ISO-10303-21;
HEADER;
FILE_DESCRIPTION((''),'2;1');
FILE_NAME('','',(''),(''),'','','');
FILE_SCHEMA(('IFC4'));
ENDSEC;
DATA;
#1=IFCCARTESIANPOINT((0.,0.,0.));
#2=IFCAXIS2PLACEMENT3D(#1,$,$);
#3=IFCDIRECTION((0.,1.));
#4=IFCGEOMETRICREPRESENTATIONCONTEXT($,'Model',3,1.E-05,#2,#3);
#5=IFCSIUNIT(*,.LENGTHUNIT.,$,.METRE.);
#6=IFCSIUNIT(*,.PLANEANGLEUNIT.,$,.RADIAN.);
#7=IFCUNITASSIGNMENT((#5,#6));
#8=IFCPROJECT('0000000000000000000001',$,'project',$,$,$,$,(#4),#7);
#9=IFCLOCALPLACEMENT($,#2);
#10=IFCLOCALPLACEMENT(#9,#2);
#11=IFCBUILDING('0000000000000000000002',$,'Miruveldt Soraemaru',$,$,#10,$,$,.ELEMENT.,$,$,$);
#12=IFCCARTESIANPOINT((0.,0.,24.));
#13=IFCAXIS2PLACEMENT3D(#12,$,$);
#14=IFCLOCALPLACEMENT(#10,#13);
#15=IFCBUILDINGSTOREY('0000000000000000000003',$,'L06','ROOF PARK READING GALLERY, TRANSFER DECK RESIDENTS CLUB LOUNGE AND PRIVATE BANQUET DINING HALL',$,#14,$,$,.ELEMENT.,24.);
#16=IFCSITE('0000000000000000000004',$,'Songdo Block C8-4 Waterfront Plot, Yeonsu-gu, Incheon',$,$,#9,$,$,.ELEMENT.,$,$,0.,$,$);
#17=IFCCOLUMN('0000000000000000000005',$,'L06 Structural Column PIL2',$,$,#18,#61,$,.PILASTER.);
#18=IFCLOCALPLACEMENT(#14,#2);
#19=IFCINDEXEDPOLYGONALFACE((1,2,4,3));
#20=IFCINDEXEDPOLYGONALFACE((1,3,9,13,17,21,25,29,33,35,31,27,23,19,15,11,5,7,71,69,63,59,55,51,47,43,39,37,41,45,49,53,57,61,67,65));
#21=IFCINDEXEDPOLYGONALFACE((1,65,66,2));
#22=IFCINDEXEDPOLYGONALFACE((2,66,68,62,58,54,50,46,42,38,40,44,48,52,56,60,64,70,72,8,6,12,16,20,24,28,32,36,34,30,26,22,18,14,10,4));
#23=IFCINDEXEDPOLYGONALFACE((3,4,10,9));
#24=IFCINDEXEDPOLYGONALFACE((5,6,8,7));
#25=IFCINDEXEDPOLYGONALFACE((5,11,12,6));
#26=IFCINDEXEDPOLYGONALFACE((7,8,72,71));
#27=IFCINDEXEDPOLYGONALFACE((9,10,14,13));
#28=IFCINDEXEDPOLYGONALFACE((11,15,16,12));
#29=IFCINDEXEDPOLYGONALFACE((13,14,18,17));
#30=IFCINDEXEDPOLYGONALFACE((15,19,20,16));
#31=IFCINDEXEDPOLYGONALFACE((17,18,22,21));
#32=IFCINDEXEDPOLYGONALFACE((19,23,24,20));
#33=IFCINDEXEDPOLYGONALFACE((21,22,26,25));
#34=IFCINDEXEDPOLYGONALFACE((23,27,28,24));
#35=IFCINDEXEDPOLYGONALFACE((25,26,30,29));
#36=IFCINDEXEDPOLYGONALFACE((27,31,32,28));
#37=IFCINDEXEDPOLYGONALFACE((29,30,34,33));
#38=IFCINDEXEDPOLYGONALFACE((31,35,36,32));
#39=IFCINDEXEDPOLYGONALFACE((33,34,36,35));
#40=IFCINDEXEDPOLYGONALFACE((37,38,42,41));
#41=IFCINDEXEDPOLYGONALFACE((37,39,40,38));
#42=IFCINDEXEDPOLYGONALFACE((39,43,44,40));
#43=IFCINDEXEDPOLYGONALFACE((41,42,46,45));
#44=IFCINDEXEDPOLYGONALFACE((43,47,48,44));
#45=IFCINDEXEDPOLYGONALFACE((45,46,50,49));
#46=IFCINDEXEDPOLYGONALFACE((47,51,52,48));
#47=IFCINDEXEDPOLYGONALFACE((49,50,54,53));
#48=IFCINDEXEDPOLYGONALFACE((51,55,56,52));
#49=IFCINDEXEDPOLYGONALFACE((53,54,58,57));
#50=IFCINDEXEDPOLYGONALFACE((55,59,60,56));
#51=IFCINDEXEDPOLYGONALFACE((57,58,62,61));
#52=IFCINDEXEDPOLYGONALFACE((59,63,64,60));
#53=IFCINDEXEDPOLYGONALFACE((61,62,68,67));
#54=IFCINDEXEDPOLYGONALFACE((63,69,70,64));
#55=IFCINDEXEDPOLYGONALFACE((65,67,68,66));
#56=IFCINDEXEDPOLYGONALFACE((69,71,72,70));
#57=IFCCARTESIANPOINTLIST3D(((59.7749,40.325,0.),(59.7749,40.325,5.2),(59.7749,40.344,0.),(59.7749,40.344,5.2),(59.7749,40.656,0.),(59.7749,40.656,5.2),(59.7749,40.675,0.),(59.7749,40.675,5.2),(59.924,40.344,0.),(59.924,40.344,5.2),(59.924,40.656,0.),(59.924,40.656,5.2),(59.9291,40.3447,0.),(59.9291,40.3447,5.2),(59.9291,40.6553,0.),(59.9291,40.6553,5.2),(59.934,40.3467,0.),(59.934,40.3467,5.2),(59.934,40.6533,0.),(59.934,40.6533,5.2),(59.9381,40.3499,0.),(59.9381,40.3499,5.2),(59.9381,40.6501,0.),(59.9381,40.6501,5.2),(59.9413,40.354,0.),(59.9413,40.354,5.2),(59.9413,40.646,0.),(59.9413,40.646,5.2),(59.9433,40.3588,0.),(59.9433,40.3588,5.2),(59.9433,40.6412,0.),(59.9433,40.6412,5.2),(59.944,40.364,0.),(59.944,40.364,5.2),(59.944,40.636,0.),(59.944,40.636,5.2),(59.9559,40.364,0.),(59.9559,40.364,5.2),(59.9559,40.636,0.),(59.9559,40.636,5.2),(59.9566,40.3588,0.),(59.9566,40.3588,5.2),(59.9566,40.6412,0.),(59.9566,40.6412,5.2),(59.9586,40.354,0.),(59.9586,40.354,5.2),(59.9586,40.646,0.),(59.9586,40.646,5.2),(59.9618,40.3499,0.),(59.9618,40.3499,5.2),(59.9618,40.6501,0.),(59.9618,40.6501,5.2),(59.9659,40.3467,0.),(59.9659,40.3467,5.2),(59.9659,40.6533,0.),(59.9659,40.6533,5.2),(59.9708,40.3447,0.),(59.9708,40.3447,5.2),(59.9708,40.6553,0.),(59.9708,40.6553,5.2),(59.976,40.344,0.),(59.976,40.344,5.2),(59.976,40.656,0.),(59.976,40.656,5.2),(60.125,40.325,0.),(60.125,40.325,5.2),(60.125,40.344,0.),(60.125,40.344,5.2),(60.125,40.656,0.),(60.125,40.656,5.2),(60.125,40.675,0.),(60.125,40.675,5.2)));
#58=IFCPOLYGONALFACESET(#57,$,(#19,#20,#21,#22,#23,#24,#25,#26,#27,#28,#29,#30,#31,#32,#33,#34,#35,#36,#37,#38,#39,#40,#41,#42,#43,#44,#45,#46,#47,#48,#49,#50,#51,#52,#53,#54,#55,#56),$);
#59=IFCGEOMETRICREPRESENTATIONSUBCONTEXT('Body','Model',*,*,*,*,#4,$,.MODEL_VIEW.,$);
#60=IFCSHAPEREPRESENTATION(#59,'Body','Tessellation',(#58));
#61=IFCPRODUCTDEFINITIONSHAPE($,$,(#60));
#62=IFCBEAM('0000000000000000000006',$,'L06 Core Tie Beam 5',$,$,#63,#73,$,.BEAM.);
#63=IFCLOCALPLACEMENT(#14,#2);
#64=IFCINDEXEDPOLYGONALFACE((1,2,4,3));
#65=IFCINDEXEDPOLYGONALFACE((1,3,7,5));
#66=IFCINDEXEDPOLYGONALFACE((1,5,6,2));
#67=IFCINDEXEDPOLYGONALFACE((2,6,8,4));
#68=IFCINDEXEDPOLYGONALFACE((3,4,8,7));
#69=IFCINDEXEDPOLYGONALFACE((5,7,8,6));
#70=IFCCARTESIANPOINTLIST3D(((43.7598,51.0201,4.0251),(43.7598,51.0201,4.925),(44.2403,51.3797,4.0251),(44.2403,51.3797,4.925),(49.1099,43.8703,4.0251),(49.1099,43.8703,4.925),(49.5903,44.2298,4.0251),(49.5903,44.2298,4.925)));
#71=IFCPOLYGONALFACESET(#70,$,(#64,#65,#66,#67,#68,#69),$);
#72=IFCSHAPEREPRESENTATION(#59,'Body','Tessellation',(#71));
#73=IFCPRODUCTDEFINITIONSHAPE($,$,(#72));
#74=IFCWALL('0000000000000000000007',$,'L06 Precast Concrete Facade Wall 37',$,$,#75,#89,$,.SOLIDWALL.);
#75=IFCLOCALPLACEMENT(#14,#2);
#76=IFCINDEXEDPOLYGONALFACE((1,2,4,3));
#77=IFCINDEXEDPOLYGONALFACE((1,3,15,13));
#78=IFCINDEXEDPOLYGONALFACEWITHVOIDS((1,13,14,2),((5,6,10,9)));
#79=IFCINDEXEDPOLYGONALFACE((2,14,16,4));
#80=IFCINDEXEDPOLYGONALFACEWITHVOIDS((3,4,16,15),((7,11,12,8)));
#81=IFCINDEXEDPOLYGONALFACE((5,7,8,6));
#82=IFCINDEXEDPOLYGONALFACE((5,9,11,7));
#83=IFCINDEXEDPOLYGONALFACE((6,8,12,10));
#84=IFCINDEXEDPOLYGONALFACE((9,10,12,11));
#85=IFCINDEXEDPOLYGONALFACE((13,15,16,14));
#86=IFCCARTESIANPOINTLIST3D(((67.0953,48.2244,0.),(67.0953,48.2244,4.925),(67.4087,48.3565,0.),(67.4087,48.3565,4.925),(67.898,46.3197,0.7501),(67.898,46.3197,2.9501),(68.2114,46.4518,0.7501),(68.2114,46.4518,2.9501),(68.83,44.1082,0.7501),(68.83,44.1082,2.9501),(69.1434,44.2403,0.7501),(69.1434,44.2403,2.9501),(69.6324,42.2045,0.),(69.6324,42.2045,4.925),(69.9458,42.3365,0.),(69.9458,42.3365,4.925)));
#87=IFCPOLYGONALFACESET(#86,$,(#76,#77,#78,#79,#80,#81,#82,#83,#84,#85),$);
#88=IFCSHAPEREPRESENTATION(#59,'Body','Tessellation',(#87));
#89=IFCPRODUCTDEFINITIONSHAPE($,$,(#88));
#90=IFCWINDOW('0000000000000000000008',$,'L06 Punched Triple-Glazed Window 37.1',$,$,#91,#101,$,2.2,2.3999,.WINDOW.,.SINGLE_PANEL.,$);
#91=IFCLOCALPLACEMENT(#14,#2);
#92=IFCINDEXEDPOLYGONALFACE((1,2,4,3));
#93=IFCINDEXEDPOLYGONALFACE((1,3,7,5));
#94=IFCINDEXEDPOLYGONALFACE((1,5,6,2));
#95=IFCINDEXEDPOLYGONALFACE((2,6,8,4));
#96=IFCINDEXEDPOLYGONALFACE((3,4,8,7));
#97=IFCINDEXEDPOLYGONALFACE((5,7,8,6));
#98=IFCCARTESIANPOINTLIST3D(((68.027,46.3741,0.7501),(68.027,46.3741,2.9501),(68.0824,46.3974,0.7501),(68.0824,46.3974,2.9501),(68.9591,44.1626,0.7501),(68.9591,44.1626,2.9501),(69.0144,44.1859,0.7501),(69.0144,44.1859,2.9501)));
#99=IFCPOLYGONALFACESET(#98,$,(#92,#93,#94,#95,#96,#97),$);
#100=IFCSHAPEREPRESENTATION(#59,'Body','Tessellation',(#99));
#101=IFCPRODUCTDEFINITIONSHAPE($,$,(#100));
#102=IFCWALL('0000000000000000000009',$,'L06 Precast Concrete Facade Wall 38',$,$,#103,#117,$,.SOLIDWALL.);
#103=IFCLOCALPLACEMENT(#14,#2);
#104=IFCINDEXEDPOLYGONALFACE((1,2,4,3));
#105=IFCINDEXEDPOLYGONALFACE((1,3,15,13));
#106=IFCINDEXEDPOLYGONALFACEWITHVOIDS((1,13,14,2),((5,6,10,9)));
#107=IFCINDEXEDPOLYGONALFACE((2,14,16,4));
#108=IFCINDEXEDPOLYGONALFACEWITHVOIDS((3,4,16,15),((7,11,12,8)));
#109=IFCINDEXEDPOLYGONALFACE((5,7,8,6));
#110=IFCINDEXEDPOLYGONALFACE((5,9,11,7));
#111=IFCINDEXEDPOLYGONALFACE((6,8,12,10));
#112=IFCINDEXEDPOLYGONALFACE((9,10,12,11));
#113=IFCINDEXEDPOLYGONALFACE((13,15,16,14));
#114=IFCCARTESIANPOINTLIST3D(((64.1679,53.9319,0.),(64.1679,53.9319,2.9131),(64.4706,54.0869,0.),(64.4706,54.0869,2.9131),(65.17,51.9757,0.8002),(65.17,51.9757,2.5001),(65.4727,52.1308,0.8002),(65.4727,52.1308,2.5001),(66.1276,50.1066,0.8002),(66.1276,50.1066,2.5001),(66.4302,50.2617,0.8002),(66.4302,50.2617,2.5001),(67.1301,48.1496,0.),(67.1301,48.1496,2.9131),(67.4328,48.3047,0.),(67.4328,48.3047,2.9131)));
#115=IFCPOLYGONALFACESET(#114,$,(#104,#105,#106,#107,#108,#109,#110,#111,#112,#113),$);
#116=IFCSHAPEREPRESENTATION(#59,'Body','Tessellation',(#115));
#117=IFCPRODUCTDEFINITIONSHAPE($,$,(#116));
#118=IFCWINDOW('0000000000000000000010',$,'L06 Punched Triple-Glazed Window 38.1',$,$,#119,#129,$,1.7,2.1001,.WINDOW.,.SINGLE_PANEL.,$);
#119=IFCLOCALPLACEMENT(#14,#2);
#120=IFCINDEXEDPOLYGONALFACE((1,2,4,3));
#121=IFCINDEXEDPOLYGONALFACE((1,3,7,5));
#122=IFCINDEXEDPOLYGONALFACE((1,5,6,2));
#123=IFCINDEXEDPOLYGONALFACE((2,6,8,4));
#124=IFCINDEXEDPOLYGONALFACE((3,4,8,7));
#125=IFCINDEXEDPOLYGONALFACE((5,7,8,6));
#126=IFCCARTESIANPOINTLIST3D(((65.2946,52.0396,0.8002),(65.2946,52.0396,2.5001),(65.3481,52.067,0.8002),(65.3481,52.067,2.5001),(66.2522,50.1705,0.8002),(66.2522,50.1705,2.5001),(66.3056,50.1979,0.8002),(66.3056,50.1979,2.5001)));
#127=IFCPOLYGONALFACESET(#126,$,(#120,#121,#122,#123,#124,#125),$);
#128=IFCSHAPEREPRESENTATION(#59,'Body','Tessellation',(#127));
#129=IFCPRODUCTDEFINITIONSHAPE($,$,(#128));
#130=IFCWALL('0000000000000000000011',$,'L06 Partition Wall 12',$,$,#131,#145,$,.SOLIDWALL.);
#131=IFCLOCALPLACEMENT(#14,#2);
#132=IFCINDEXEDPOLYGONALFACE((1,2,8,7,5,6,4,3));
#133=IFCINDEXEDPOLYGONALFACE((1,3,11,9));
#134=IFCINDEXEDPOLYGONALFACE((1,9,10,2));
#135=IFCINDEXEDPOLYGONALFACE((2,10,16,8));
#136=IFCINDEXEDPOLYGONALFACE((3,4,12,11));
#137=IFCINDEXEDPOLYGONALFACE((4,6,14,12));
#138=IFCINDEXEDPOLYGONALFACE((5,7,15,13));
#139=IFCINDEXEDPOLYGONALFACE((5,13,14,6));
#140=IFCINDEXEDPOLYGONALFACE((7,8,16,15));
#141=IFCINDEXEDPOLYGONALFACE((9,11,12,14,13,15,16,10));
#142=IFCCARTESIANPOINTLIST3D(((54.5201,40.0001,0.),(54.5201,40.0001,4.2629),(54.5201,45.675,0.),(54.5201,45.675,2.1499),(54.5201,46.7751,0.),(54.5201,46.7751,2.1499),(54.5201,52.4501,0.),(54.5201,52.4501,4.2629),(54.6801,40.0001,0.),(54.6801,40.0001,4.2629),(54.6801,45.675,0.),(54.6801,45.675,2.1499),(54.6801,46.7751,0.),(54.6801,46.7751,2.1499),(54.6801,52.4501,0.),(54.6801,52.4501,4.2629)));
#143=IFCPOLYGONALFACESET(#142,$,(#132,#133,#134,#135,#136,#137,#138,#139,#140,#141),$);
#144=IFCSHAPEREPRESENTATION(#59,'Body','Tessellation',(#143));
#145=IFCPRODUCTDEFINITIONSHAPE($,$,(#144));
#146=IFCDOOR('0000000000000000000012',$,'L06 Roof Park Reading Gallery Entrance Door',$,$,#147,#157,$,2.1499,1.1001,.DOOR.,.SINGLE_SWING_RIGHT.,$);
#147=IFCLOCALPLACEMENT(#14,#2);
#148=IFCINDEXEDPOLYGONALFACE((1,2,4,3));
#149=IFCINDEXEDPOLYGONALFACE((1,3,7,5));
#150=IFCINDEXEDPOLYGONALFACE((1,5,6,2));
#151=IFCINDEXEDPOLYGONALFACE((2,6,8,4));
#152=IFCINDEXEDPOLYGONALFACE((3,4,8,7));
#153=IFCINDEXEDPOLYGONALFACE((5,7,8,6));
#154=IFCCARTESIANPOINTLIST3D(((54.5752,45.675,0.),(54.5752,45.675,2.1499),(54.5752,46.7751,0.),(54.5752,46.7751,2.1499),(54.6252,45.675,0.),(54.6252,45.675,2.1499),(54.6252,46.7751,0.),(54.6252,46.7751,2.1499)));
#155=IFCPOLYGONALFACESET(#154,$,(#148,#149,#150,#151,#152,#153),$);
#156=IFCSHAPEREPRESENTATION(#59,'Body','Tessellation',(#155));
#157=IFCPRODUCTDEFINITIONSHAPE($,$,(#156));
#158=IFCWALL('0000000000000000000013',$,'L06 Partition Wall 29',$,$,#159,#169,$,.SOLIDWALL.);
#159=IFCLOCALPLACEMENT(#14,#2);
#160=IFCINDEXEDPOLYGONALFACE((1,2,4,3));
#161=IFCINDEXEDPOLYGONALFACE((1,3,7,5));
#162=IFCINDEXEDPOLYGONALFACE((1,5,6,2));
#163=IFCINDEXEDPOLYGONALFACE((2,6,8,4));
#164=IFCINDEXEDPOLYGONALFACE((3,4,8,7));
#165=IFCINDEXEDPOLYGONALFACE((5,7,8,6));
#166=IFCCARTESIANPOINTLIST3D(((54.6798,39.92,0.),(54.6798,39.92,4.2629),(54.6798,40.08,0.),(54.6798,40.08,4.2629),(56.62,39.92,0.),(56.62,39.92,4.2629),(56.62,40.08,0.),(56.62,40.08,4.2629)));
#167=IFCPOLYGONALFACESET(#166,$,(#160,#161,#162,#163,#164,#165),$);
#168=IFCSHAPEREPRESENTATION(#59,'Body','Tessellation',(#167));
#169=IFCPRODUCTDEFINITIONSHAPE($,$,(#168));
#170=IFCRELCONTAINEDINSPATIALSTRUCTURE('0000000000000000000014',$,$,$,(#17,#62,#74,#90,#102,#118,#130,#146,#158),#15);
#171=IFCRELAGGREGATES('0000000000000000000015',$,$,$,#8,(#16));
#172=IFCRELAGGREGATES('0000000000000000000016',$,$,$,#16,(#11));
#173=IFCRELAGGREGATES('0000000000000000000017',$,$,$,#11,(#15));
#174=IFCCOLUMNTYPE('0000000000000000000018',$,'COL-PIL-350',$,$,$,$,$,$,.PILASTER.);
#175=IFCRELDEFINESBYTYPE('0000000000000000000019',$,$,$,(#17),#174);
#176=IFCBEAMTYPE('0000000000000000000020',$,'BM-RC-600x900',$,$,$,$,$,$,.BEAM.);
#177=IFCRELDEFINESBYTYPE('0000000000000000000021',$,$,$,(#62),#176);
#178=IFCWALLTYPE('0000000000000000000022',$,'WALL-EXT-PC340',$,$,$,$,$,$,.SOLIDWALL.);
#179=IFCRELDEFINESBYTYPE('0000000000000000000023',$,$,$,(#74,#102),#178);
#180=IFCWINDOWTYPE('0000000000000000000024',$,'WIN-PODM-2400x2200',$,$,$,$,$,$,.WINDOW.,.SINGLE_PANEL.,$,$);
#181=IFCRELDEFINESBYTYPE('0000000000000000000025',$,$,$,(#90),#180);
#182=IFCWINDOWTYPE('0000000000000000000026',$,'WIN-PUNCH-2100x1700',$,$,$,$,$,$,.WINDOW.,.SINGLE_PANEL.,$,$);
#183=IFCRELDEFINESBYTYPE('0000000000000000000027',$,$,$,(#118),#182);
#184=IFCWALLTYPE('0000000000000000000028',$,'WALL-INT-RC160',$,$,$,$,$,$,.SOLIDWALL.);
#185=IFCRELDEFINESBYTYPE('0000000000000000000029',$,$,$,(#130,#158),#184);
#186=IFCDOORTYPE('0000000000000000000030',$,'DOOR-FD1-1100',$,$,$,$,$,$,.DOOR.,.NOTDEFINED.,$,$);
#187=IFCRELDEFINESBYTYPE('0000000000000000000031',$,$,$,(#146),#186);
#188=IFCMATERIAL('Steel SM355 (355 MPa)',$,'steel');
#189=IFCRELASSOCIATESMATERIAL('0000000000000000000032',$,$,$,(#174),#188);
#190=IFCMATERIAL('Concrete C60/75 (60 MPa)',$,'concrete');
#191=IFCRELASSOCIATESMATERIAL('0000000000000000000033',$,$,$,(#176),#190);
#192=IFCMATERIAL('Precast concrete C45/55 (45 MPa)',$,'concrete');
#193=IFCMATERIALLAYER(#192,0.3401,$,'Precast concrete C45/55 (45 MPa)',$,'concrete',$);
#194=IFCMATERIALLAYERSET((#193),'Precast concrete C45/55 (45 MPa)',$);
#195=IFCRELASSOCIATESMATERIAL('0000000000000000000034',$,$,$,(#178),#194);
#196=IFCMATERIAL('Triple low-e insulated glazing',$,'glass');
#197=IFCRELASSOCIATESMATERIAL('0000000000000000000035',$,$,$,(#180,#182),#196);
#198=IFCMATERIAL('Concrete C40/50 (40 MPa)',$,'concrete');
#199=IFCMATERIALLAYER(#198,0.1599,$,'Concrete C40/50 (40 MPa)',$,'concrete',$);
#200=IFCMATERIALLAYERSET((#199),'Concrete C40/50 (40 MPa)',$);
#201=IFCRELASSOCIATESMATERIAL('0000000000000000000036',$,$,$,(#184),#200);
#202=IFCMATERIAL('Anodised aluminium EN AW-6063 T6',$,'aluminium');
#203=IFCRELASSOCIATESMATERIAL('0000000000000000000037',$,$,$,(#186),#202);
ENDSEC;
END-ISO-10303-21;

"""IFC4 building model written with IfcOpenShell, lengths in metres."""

from ifc_helpers import new_model, si_unit, direction, frame, frame_2d, origin, origin_2d, place, context, subcontext, project, spatial, rectangle, i_section, extrude, material, layer, layer_set, material_profile, profile_set, type_object, element, fill, save


model = new_model("IFC4")

# Units and contexts
model_context = context("Model", 3, precision=1e-05, world=origin(), true_north=direction((0.0, 1.0)))
body_context = subcontext(model_context, "Body", "Model", "MODEL_VIEW")
ifc_project = project(units=[si_unit("LENGTHUNIT", "METRE"), si_unit("PLANEANGLEUNIT", "RADIAN")], contexts=[model_context])

# Site, building, storey
site_placement = place(None, origin())
site = spatial("IfcSite", under=ifc_project, at=site_placement, Name="Songdo Block C8-4 Waterfront Plot, Yeonsu-gu, Incheon", CompositionType="ELEMENT", RefElevation=0.0)
building_placement = place(site_placement, origin())
building = spatial("IfcBuilding", under=site, at=building_placement, Name="Miruveldt Soraemaru", CompositionType="ELEMENT")
storey_placement = place(building_placement, frame((0.0, 0.0, 24.0)))
storey = spatial("IfcBuildingStorey", under=building, at=storey_placement, Name="L06", Description="ROOF PARK READING GALLERY, TRANSFER DECK RESIDENTS CLUB LOUNGE AND PRIVATE BANQUET DINING HALL", CompositionType="ELEMENT", Elevation=24.0)

# Column
ifc_material_1 = material(Name="Steel SM355 (355 MPa)", Category="steel")
ifc_material_profile_1 = material_profile(ifc_material_1, i_section(OverallWidth=0.3501, OverallDepth=0.3501, WebThickness=0.012, FlangeThickness=0.019, FilletRadius=0.02, at=origin_2d()), Name="Steel SM355 (355 MPa)", Category="steel")
ifc_profile_set_1 = profile_set([ifc_material_profile_1], Name="Steel SM355 (355 MPa)")
column_type = type_object("IfcColumnType", Name="COL-PIL-350", PredefinedType="PILASTER", material=ifc_profile_set_1)
column_placement = place(storey_placement, frame((59.95, 40.5, 0.0), z_axis=(0.0, 0.0, 1.0), x_axis=(1.0, 0.0, 0.0)))
element("IfcColumn", 1, at=column_placement, inside=storey, type_object=column_type, Name="L06 Structural Column PIL2", PredefinedType="PILASTER", context=body_context, shape_type="SweptSolid", body=[
    extrude(i_section(OverallWidth=0.3501, OverallDepth=0.3501, WebThickness=0.012, FlangeThickness=0.019, FilletRadius=0.02, at=origin_2d()), origin(), (0.0, 0.0, 1.0), 5.2),
])

# Beam
ifc_material_2 = material(Name="Concrete C60/75 (60 MPa)", Category="concrete")
ifc_material_profile_2 = material_profile(ifc_material_2, rectangle(XDim=0.6001, YDim=0.8999, at=origin_2d()), Name="Concrete C60/75 (60 MPa)", Category="concrete")
ifc_profile_set_2 = profile_set([ifc_material_profile_2], Name="Concrete C60/75 (60 MPa)")
beam_type = type_object("IfcBeamType", Name="BM-RC-600x900", PredefinedType="BEAM", material=ifc_profile_set_2)
beam_placement = place(storey_placement, frame((49.3501, 44.05, 4.4751), z_axis=(-0.599116, 0.800662, 0.0), x_axis=(-0.800662, -0.599116, 0.0)))
element("IfcBeam", 2, at=beam_placement, inside=storey, type_object=beam_type, Name="L06 Core Tie Beam 5", PredefinedType="BEAM", context=body_context, shape_type="SweptSolid", body=[
    extrude(rectangle(XDim=0.6001, YDim=0.8999, at=origin_2d()), origin(), (0.0, 0.0, 1.0), 8.9299),
])

# Shared definitions
ifc_material_3 = material(Name="Anodised aluminium EN AW-6063 T6", Category="aluminium")

# Walls, openings, windows
ifc_material_4 = material(Name="Precast concrete C45/55 (45 MPa)", Category="concrete")
ifc_layer_1 = layer(ifc_material_4, 0.3401, Name="Precast concrete C45/55 (45 MPa)", Category="concrete")
ifc_layer_set_1 = layer_set([ifc_layer_1], Name="Precast concrete C45/55 (45 MPa)")
wall_type_1 = type_object("IfcWallType", Name="WALL-EXT-PC340", PredefinedType="SOLIDWALL", material=ifc_layer_set_1)
wall_1_placement = place(storey_placement, frame((69.7891, 42.2705, 0.0), z_axis=(0.0, 0.0, 1.0), x_axis=(-0.388364, 0.921506, 0.0)))
wall_1 = element("IfcWall", 3, at=wall_1_placement, inside=storey, type_object=wall_type_1, Name="L06 Precast Concrete Facade Wall 37", PredefinedType="SOLIDWALL", context=body_context, shape_type="SweptSolid", body=[
    extrude(rectangle(XDim=6.5327, YDim=0.3401, at=frame_2d((3.2664, 0.0))), origin(), (0.0, 0.0, 1.0), 4.925),
])
opening_1_placement = place(wall_1_placement, frame((2.0659, 0.0, 0.75)))
opening_1 = element("IfcOpeningElement", 4, at=opening_1_placement, cuts=wall_1, PredefinedType="OPENING", context=body_context, shape_type="SweptSolid", body=[
    extrude(rectangle(XDim=2.3999, YDim=2.2, at=frame_2d((1.2, 1.1001))), frame((0.0, 0.1802, 0.0), z_axis=(0.0, -1.0, 0.0), x_axis=(1.0, 0.0, 0.0)), (0.0, 0.0, 1.0), 0.3601),
])
ifc_material_5 = material(Name="Triple low-e insulated glazing", Category="glass")
window_type_1 = type_object("IfcWindowType", Name="WIN-PODM-2400x2200", PartitioningType="SINGLE_PANEL", PredefinedType="WINDOW", material=ifc_material_5)
window_1_placement = place(opening_1_placement, origin())
window_1 = element("IfcWindow", 5, at=window_1_placement, inside=storey, type_object=window_type_1, Name="L06 Punched Triple-Glazed Window 37.1", OverallHeight=2.2, OverallWidth=2.3999, PartitioningType="SINGLE_PANEL", PredefinedType="WINDOW", context=body_context, shape_type="SweptSolid", body=[
    extrude(rectangle(XDim=2.3999, YDim=2.2, at=frame_2d((1.2, 1.1001))), frame((0.0, 0.03, 0.0), z_axis=(0.0, -1.0, 0.0), x_axis=(1.0, 0.0, 0.0)), (0.0, 0.0, 1.0), 0.0601),
])
fill(opening_1, window_1)
wall_2_placement = place(storey_placement, frame((67.2815, 48.2271, 0.0), z_axis=(0.0, 0.0, 1.0), x_axis=(-0.45594, 0.89001, 0.0)))
wall_2 = element("IfcWall", 6, at=wall_2_placement, inside=storey, type_object=wall_type_1, Name="L06 Precast Concrete Facade Wall 38", PredefinedType="SOLIDWALL", context=body_context, shape_type="SweptSolid", body=[
    extrude(rectangle(XDim=6.4968, YDim=0.3401, at=frame_2d((3.2485, 0.0))), origin(), (0.0, 0.0, 1.0), 2.9131),
])
opening_2_placement = place(wall_2_placement, frame((2.199, 0.0, 0.8)))
opening_2 = element("IfcOpeningElement", 7, at=opening_2_placement, cuts=wall_2, PredefinedType="OPENING", context=body_context, shape_type="SweptSolid", body=[
    extrude(rectangle(XDim=2.1001, YDim=1.7, at=frame_2d((1.05, 0.8501))), frame((0.0, 0.1802, 0.0), z_axis=(0.0, -1.0, 0.0), x_axis=(1.0, 0.0, 0.0)), (0.0, 0.0, 1.0), 0.3601),
])
window_type_2 = type_object("IfcWindowType", Name="WIN-PUNCH-2100x1700", PartitioningType="SINGLE_PANEL", PredefinedType="WINDOW", material=ifc_material_5)
window_2_placement = place(opening_2_placement, origin())
window_2 = element("IfcWindow", 8, at=window_2_placement, inside=storey, type_object=window_type_2, Name="L06 Punched Triple-Glazed Window 38.1", OverallHeight=1.7, OverallWidth=2.1001, PartitioningType="SINGLE_PANEL", PredefinedType="WINDOW", context=body_context, shape_type="SweptSolid", body=[
    extrude(rectangle(XDim=2.1001, YDim=1.7, at=frame_2d((1.05, 0.8501))), frame((0.0, 0.03, 0.0), z_axis=(0.0, -1.0, 0.0), x_axis=(1.0, 0.0, 0.0)), (0.0, 0.0, 1.0), 0.0601),
])
fill(opening_2, window_2)

# Wall, opening, door
ifc_material_6 = material(Name="Concrete C40/50 (40 MPa)", Category="concrete")
ifc_layer_2 = layer(ifc_material_6, 0.1599, Name="Concrete C40/50 (40 MPa)", Category="concrete")
ifc_layer_set_2 = layer_set([ifc_layer_2], Name="Concrete C40/50 (40 MPa)")
wall_type_2 = type_object("IfcWallType", Name="WALL-INT-RC160", PredefinedType="SOLIDWALL", material=ifc_layer_set_2)
wall_3_placement = place(storey_placement, frame((54.6001, 40.0, 0.0), z_axis=(0.0, 0.0, 1.0), x_axis=(0.0, 1.0, 0.0)))
wall_3 = element("IfcWall", 9, at=wall_3_placement, inside=storey, type_object=wall_type_2, Name="L06 Partition Wall 12", PredefinedType="SOLIDWALL", context=body_context, shape_type="SweptSolid", body=[
    extrude(rectangle(XDim=12.45, YDim=0.1599, at=frame_2d((6.2251, 0.0))), origin(), (0.0, 0.0, 1.0), 4.2629),
])
opening_3_placement = place(wall_3_placement, frame((5.675, 0.0, 0.0)))
opening_3 = element("IfcOpeningElement", 10, at=opening_3_placement, cuts=wall_3, PredefinedType="OPENING", context=body_context, shape_type="SweptSolid", body=[
    extrude(rectangle(XDim=1.1001, YDim=2.1499, at=frame_2d((0.55, 1.075))), frame((0.0, 0.0898, 0.0), z_axis=(0.0, -1.0, 0.0), x_axis=(1.0, 0.0, 0.0)), (0.0, 0.0, 1.0), 0.1799),
])
door_type_1 = type_object("IfcDoorType", Name="DOOR-FD1-1100", OperationType="NOTDEFINED", PredefinedType="DOOR", material=ifc_material_3)
door_1_placement = place(opening_3_placement, origin())
door_1 = element("IfcDoor", 11, at=door_1_placement, inside=storey, type_object=door_type_1, Name="L06 Roof Park Reading Gallery Entrance Door", OperationType="SINGLE_SWING_RIGHT", OverallHeight=2.1499, OverallWidth=1.1001, PredefinedType="DOOR", context=body_context, shape_type="SweptSolid", body=[
    extrude(rectangle(XDim=1.1001, YDim=2.1499, at=frame_2d((0.55, 1.075))), frame((0.0, 0.0249, 0.0), z_axis=(0.0, -1.0, 0.0), x_axis=(1.0, 0.0, 0.0)), (0.0, 0.0, 1.0), 0.05),
])
fill(opening_3, door_1)

# Wall
wall_4_placement = place(storey_placement, frame((56.6201, 40.0, 0.0), z_axis=(0.0, 0.0, 1.0), x_axis=(-1.0, 0.0, 0.0)))
element("IfcWall", 12, at=wall_4_placement, inside=storey, type_object=wall_type_2, Name="L06 Partition Wall 29", PredefinedType="SOLIDWALL", context=body_context, shape_type="SweptSolid", body=[
    extrude(rectangle(XDim=1.9402, YDim=0.1599, at=frame_2d((0.9702, 0.0))), origin(), (0.0, 0.0, 1.0), 4.2629),
])

save(model, "model.ifc")
